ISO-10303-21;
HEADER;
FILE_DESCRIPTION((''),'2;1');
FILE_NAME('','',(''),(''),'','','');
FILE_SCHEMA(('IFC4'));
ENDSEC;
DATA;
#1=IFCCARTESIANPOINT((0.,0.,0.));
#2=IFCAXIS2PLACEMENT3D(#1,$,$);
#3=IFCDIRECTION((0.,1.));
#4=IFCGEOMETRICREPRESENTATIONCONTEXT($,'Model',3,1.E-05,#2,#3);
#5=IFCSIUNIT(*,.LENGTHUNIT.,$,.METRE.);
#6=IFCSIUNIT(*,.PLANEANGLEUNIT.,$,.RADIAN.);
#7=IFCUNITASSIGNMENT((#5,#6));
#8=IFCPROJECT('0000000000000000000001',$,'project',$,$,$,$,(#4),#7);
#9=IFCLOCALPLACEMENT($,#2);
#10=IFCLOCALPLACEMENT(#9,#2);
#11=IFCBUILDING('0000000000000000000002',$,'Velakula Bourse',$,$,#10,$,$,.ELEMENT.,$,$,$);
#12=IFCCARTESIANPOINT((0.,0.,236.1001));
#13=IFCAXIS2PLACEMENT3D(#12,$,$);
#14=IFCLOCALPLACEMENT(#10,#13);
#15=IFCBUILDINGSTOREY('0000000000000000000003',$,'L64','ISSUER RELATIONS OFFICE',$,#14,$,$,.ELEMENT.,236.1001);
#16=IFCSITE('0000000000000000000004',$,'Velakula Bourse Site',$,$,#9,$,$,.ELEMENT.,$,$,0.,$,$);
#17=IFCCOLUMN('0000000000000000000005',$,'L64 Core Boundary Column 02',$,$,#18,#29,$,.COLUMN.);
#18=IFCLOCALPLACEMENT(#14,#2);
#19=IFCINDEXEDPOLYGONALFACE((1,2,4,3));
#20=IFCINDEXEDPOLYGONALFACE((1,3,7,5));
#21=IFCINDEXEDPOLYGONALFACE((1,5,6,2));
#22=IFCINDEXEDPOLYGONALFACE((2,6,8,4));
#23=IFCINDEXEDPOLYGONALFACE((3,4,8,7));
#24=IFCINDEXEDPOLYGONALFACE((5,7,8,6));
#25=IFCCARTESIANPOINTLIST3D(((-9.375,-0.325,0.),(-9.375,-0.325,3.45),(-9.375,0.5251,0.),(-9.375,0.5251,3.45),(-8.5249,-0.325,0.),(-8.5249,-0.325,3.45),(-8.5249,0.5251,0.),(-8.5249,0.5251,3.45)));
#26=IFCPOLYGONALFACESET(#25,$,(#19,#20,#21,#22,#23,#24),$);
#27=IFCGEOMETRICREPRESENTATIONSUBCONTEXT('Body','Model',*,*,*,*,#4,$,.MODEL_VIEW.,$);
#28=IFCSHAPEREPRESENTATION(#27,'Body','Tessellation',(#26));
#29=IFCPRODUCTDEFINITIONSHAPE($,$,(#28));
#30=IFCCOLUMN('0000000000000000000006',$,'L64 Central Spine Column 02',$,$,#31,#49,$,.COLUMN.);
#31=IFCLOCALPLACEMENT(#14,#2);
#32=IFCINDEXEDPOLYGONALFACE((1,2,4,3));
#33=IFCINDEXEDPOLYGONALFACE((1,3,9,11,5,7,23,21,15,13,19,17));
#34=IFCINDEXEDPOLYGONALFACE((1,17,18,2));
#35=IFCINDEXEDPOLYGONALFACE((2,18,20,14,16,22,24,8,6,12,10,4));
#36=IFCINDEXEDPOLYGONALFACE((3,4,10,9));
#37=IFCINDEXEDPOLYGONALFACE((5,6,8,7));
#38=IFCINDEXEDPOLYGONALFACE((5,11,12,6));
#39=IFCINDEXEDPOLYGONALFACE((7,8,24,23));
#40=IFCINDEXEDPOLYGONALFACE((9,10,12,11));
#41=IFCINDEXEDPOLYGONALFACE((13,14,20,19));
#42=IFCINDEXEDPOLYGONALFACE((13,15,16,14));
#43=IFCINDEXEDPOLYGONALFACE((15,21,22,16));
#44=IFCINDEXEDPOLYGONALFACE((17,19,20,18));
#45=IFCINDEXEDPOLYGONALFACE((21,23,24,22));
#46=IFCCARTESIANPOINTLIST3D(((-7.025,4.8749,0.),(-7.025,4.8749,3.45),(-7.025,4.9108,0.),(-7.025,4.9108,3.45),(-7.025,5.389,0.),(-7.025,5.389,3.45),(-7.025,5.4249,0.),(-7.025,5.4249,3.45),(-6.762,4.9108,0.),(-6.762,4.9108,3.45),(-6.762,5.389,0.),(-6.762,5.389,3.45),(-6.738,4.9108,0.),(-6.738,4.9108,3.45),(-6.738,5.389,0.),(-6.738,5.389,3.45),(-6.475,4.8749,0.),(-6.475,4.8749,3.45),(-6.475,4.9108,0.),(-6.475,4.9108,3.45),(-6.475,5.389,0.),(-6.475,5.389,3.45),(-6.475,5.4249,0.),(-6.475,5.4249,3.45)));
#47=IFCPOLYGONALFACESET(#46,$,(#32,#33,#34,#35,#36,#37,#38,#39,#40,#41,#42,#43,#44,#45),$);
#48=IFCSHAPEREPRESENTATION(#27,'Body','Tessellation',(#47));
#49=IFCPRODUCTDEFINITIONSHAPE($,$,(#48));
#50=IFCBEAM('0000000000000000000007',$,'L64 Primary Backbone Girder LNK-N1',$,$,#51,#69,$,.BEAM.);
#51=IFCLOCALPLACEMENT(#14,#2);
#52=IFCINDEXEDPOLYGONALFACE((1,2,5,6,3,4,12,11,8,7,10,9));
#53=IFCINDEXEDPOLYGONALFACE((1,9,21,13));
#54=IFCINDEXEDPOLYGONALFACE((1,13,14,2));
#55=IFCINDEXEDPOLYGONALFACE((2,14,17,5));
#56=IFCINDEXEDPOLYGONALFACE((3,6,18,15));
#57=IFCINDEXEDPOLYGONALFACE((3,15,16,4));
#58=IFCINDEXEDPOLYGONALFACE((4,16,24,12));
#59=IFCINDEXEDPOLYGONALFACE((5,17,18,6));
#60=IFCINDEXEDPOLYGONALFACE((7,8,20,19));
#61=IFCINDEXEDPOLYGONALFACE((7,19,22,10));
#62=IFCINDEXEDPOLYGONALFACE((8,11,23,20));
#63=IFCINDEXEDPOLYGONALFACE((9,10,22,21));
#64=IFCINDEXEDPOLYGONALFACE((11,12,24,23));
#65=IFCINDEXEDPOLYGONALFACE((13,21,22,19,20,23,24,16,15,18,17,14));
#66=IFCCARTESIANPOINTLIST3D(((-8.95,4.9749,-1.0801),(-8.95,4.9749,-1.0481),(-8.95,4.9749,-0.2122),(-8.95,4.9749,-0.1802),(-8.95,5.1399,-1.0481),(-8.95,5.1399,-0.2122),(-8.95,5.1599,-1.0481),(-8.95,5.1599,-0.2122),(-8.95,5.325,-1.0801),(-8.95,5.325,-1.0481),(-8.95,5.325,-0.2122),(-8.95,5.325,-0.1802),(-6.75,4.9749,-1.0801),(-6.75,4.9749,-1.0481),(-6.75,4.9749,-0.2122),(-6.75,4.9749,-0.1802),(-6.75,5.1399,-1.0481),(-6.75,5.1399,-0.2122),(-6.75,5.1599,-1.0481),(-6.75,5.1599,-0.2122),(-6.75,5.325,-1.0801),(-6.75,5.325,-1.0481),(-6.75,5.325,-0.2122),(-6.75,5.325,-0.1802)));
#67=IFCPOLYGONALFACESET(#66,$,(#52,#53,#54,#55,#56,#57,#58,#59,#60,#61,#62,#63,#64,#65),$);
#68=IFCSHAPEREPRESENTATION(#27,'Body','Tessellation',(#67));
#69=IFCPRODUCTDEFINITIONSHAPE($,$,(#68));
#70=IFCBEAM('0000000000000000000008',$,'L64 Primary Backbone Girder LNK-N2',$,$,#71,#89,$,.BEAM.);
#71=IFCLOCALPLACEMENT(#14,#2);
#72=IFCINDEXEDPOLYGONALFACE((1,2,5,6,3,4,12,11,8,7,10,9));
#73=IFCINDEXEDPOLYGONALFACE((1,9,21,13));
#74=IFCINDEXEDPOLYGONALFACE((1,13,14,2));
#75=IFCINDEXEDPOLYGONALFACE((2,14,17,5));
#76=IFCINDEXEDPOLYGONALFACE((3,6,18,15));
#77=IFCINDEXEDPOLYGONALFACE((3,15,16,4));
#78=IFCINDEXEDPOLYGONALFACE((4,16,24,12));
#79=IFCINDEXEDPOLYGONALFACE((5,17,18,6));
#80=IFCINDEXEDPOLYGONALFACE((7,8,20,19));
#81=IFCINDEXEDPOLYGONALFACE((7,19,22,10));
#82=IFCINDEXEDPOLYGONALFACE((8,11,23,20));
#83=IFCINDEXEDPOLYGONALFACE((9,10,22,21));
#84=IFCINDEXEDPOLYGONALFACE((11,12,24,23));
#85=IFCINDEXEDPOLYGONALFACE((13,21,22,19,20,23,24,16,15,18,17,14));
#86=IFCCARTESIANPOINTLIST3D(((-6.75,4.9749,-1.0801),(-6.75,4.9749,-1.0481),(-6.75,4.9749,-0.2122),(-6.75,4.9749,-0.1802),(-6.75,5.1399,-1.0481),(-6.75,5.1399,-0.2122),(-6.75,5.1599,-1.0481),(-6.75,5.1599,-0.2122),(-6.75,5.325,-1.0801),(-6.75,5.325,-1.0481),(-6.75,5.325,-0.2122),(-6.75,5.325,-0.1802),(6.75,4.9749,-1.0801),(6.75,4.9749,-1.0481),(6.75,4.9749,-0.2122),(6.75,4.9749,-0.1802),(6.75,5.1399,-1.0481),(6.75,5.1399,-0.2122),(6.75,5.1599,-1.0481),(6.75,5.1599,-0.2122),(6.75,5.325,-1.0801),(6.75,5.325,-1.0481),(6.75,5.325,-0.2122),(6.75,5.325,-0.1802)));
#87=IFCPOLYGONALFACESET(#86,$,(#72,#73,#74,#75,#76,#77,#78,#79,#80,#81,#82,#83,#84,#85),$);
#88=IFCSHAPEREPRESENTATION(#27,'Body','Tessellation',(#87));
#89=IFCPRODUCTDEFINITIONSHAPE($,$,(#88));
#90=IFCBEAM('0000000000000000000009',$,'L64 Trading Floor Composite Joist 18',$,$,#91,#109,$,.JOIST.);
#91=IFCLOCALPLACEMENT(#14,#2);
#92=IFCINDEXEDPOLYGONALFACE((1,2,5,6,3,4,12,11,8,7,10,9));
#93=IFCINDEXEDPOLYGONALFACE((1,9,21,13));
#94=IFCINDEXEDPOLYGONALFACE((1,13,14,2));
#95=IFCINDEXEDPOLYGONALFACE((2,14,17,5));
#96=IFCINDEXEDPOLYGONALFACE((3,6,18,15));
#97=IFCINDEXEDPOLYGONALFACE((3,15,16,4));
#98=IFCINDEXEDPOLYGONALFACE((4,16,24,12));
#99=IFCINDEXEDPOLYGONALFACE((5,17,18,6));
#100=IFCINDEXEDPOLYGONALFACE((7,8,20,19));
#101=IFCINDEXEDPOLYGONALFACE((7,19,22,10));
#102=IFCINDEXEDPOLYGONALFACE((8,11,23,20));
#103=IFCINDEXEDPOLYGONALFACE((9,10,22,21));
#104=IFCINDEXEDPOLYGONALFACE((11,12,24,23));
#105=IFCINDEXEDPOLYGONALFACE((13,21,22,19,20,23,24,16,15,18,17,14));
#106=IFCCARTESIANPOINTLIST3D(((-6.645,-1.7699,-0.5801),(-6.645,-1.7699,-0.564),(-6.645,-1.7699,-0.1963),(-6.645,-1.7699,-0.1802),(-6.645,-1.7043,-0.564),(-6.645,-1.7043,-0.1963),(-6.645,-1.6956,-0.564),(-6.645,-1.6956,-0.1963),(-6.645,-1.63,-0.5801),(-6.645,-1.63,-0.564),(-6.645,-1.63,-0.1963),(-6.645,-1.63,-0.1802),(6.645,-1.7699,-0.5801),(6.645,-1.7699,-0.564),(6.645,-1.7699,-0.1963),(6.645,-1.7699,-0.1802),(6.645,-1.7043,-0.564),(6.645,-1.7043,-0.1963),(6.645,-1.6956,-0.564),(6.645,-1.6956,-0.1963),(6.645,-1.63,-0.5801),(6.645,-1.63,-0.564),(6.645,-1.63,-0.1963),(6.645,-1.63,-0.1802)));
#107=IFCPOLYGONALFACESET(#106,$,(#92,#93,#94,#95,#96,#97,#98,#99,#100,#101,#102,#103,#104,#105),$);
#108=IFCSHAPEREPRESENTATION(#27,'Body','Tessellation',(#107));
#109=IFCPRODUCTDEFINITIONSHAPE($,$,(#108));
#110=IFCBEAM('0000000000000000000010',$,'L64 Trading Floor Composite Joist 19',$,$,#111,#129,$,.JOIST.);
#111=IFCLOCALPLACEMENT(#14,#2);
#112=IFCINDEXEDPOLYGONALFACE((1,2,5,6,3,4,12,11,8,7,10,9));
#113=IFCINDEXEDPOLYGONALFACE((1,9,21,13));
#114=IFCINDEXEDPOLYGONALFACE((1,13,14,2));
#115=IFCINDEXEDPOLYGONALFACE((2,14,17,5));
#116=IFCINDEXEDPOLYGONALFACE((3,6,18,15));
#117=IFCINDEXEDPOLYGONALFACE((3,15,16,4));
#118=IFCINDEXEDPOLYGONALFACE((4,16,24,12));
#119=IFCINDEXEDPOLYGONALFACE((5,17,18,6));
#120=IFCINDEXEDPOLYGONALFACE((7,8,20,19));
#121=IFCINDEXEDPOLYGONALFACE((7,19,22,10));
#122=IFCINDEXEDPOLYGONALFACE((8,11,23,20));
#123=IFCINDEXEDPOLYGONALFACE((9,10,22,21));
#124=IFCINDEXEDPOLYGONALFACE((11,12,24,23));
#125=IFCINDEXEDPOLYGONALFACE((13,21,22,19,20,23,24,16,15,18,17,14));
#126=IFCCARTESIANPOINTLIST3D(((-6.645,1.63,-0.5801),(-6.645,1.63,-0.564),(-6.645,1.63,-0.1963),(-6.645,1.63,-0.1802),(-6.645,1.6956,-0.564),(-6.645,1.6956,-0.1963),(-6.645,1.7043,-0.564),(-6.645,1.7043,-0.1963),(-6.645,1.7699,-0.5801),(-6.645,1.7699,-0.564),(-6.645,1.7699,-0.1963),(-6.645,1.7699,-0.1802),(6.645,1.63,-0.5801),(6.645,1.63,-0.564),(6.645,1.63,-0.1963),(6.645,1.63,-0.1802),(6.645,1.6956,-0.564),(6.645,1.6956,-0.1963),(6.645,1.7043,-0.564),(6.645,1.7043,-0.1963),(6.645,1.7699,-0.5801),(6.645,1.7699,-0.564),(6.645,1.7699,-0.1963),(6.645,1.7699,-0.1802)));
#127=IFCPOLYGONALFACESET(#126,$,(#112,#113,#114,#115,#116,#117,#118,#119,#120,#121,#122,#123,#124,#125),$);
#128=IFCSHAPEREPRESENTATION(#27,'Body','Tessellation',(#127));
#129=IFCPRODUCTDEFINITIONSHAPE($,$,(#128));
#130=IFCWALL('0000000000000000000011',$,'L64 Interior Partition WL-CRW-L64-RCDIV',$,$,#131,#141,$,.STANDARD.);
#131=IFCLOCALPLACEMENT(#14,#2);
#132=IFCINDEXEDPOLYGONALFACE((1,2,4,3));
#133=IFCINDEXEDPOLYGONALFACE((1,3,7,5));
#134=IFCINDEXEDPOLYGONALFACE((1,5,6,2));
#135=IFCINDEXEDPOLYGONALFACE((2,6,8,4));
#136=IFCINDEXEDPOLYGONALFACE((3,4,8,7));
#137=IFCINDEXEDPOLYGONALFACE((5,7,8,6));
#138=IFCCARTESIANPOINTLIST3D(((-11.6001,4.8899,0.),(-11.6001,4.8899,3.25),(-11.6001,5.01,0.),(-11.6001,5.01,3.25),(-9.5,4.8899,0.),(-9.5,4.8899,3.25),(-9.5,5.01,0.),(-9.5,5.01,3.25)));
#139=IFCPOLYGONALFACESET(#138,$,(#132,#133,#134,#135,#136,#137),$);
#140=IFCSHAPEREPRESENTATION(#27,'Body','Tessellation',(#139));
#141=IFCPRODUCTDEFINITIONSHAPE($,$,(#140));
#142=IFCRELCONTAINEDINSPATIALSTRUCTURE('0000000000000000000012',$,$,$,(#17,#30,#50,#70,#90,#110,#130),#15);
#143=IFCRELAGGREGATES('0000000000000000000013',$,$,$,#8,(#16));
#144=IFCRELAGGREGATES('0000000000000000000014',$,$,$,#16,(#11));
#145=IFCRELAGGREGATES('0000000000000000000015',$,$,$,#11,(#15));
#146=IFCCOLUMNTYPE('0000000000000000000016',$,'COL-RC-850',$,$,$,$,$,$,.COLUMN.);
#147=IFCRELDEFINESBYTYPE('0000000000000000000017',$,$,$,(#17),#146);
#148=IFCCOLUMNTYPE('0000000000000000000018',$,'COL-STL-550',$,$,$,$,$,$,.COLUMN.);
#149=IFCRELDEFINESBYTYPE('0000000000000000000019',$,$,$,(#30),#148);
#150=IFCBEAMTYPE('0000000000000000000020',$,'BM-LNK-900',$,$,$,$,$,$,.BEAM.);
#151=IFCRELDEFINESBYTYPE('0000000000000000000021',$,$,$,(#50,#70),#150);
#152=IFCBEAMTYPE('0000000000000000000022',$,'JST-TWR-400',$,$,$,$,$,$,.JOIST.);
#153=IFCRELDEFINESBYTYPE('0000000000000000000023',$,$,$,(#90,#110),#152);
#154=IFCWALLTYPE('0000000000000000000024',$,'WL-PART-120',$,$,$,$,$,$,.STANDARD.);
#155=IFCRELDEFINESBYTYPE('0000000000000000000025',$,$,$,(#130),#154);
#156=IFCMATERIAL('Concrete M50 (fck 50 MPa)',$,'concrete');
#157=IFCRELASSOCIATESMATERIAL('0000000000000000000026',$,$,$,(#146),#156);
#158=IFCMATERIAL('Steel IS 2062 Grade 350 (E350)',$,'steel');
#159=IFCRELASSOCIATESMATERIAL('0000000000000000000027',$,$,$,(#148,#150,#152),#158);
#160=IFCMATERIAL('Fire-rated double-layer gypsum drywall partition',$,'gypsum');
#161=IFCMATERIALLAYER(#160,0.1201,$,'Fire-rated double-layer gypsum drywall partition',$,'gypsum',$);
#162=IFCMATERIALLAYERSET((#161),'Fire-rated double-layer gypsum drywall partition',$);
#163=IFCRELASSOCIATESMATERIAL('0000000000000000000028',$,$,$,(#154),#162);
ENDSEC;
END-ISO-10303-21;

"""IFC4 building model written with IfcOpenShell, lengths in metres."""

from ifc_helpers import new_model, si_unit, direction, frame, frame_2d, origin, origin_2d, place, context, subcontext, project, spatial, rectangle, i_section, extrude, material, layer, layer_set, material_profile, profile_set, type_object, element, save


model = new_model("IFC4")

# Units and contexts
model_context = context("Model", 3, precision=1e-05, world=origin(), true_north=direction((0.0, 1.0)))
body_context = subcontext(model_context, "Body", "Model", "MODEL_VIEW")
ifc_project = project(units=[si_unit("LENGTHUNIT", "METRE"), si_unit("PLANEANGLEUNIT", "RADIAN")], contexts=[model_context])

# Site, building, storey
site_placement = place(None, origin())
site = spatial("IfcSite", under=ifc_project, at=site_placement, Name="Velakula Bourse Site", CompositionType="ELEMENT", RefElevation=0.0)
building_placement = place(site_placement, origin())
building = spatial("IfcBuilding", under=site, at=building_placement, Name="Velakula Bourse", CompositionType="ELEMENT")
storey_placement = place(building_placement, frame((0.0, 0.0, 236.1001)))
storey = spatial("IfcBuildingStorey", under=building, at=storey_placement, Name="L64", Description="ISSUER RELATIONS OFFICE", CompositionType="ELEMENT", Elevation=236.1001)

# Columns
ifc_material_1 = material(Name="Concrete M50 (fck 50 MPa)", Category="concrete")
ifc_material_profile_1 = material_profile(ifc_material_1, rectangle(XDim=0.8501, YDim=0.8501, at=origin_2d()), Name="Concrete M50 (fck 50 MPa)")
ifc_profile_set_1 = profile_set([ifc_material_profile_1], Name="Concrete M50 (fck 50 MPa)")
column_type_1 = type_object("IfcColumnType", Name="COL-RC-850", PredefinedType="COLUMN", material=ifc_profile_set_1)
column_1_placement = place(storey_placement, frame((-8.95, 0.1001, 0.0), z_axis=(0.0, 0.0, 1.0), x_axis=(1.0, 0.0, 0.0)))
element("IfcColumn", 1, at=column_1_placement, inside=storey, type_object=column_type_1, Name="L64 Core Boundary Column 02", PredefinedType="COLUMN", context=body_context, shape_type="SweptSolid", body=[
    extrude(rectangle(XDim=0.8501, YDim=0.8501, at=origin_2d()), origin(), (0.0, 0.0, 1.0), 3.45),
])
ifc_material_2 = material(Name="Steel IS 2062 Grade 350 (E350)", Category="steel")
ifc_material_profile_2 = material_profile(ifc_material_2, i_section(OverallWidth=0.55, OverallDepth=0.55, WebThickness=0.0239, FlangeThickness=0.0359, at=origin_2d()), Name="Steel IS 2062 Grade 350 (E350)")
ifc_profile_set_2 = profile_set([ifc_material_profile_2], Name="Steel IS 2062 Grade 350 (E350)")
column_type_2 = type_object("IfcColumnType", Name="COL-STL-550", PredefinedType="COLUMN", material=ifc_profile_set_2)
column_2_placement = place(storey_placement, frame((-6.75, 5.1499, 0.0), z_axis=(0.0, 0.0, 1.0), x_axis=(1.0, 0.0, 0.0)))
element("IfcColumn", 2, at=column_2_placement, inside=storey, type_object=column_type_2, Name="L64 Central Spine Column 02", PredefinedType="COLUMN", context=body_context, shape_type="SweptSolid", body=[
    extrude(i_section(OverallWidth=0.55, OverallDepth=0.55, WebThickness=0.0239, FlangeThickness=0.0359, at=origin_2d()), origin(), (0.0, 0.0, 1.0), 3.45),
])

# Beams
ifc_material_profile_3 = material_profile(ifc_material_2, i_section(OverallWidth=0.3501, OverallDepth=0.8999, WebThickness=0.02, FlangeThickness=0.032, at=origin_2d()), Name="Steel IS 2062 Grade 350 (E350)")
ifc_profile_set_3 = profile_set([ifc_material_profile_3], Name="Steel IS 2062 Grade 350 (E350)")
beam_type_1 = type_object("IfcBeamType", Name="BM-LNK-900", PredefinedType="BEAM", material=ifc_profile_set_3)
beam_1_placement = place(storey_placement, frame((-8.95, 5.1499, -0.6301), z_axis=(1.0, 0.0, 0.0), x_axis=(0.0, 1.0, 0.0)))
element("IfcBeam", 3, at=beam_1_placement, inside=storey, type_object=beam_type_1, Name="L64 Primary Backbone Girder LNK-N1", PredefinedType="BEAM", context=body_context, shape_type="SweptSolid", body=[
    extrude(i_section(OverallWidth=0.3501, OverallDepth=0.8999, WebThickness=0.02, FlangeThickness=0.032, at=origin_2d()), origin(), (0.0, 0.0, 1.0), 2.2),
])
beam_2_placement = place(storey_placement, frame((-6.75, 5.1499, -0.6301), z_axis=(1.0, 0.0, 0.0), x_axis=(0.0, 1.0, 0.0)))
element("IfcBeam", 4, at=beam_2_placement, inside=storey, type_object=beam_type_1, Name="L64 Primary Backbone Girder LNK-N2", PredefinedType="BEAM", context=body_context, shape_type="SweptSolid", body=[
    extrude(i_section(OverallWidth=0.3501, OverallDepth=0.8999, WebThickness=0.02, FlangeThickness=0.032, at=origin_2d()), origin(), (0.0, 0.0, 1.0), 13.5),
])
ifc_material_profile_4 = material_profile(ifc_material_2, i_section(OverallWidth=0.1399, OverallDepth=0.3999, WebThickness=0.0088, FlangeThickness=0.0161, at=origin_2d()), Name="Steel IS 2062 Grade 350 (E350)")
ifc_profile_set_4 = profile_set([ifc_material_profile_4], Name="Steel IS 2062 Grade 350 (E350)")
beam_type_2 = type_object("IfcBeamType", Name="JST-TWR-400", PredefinedType="JOIST", material=ifc_profile_set_4)
for number, where, z_axis, x_axis, name in (
    (5, (-6.645, -1.7, -0.3801), (1.0, 0.0, 0.0), (0.0, 1.0, 0.0), "L64 Trading Floor Composite Joist 18"),
    (6, (-6.645, 1.7, -0.3801), (1.0, 0.0, 0.0), (0.0, 1.0, 0.0), "L64 Trading Floor Composite Joist 19"),
):
    element("IfcBeam", number, at=place(storey_placement, frame(where, z_axis=z_axis, x_axis=x_axis)), inside=storey, type_object=beam_type_2, Name=name, PredefinedType="JOIST", context=body_context, shape_type="SweptSolid", body=[
        extrude(i_section(OverallWidth=0.1399, OverallDepth=0.3999, WebThickness=0.0088, FlangeThickness=0.0161, at=origin_2d()), origin(), (0.0, 0.0, 1.0), 13.29),
    ])

# Wall
ifc_material_3 = material(Name="Fire-rated double-layer gypsum drywall partition", Category="gypsum")
ifc_layer_1 = layer(ifc_material_3, 0.1201, Name="Fire-rated double-layer gypsum drywall partition", Category="gypsum")
ifc_layer_set_1 = layer_set([ifc_layer_1], Name="Fire-rated double-layer gypsum drywall partition")
wall_type_1 = type_object("IfcWallType", Name="WL-PART-120", PredefinedType="STANDARD", material=ifc_layer_set_1)
wall_1_placement = place(storey_placement, frame((-11.6001, 4.95, 0.0), z_axis=(0.0, 0.0, 1.0), x_axis=(1.0, 0.0, 0.0)))
element("IfcWall", 7, at=wall_1_placement, inside=storey, type_object=wall_type_1, Name="L64 Interior Partition WL-CRW-L64-RCDIV", PredefinedType="STANDARD", context=body_context, shape_type="SweptSolid", body=[
    extrude(rectangle(XDim=2.1001, YDim=0.1201, at=frame_2d((1.05, 0.0))), origin(), (0.0, 0.0, 1.0), 3.25),
])

save(model, "model.ifc")
